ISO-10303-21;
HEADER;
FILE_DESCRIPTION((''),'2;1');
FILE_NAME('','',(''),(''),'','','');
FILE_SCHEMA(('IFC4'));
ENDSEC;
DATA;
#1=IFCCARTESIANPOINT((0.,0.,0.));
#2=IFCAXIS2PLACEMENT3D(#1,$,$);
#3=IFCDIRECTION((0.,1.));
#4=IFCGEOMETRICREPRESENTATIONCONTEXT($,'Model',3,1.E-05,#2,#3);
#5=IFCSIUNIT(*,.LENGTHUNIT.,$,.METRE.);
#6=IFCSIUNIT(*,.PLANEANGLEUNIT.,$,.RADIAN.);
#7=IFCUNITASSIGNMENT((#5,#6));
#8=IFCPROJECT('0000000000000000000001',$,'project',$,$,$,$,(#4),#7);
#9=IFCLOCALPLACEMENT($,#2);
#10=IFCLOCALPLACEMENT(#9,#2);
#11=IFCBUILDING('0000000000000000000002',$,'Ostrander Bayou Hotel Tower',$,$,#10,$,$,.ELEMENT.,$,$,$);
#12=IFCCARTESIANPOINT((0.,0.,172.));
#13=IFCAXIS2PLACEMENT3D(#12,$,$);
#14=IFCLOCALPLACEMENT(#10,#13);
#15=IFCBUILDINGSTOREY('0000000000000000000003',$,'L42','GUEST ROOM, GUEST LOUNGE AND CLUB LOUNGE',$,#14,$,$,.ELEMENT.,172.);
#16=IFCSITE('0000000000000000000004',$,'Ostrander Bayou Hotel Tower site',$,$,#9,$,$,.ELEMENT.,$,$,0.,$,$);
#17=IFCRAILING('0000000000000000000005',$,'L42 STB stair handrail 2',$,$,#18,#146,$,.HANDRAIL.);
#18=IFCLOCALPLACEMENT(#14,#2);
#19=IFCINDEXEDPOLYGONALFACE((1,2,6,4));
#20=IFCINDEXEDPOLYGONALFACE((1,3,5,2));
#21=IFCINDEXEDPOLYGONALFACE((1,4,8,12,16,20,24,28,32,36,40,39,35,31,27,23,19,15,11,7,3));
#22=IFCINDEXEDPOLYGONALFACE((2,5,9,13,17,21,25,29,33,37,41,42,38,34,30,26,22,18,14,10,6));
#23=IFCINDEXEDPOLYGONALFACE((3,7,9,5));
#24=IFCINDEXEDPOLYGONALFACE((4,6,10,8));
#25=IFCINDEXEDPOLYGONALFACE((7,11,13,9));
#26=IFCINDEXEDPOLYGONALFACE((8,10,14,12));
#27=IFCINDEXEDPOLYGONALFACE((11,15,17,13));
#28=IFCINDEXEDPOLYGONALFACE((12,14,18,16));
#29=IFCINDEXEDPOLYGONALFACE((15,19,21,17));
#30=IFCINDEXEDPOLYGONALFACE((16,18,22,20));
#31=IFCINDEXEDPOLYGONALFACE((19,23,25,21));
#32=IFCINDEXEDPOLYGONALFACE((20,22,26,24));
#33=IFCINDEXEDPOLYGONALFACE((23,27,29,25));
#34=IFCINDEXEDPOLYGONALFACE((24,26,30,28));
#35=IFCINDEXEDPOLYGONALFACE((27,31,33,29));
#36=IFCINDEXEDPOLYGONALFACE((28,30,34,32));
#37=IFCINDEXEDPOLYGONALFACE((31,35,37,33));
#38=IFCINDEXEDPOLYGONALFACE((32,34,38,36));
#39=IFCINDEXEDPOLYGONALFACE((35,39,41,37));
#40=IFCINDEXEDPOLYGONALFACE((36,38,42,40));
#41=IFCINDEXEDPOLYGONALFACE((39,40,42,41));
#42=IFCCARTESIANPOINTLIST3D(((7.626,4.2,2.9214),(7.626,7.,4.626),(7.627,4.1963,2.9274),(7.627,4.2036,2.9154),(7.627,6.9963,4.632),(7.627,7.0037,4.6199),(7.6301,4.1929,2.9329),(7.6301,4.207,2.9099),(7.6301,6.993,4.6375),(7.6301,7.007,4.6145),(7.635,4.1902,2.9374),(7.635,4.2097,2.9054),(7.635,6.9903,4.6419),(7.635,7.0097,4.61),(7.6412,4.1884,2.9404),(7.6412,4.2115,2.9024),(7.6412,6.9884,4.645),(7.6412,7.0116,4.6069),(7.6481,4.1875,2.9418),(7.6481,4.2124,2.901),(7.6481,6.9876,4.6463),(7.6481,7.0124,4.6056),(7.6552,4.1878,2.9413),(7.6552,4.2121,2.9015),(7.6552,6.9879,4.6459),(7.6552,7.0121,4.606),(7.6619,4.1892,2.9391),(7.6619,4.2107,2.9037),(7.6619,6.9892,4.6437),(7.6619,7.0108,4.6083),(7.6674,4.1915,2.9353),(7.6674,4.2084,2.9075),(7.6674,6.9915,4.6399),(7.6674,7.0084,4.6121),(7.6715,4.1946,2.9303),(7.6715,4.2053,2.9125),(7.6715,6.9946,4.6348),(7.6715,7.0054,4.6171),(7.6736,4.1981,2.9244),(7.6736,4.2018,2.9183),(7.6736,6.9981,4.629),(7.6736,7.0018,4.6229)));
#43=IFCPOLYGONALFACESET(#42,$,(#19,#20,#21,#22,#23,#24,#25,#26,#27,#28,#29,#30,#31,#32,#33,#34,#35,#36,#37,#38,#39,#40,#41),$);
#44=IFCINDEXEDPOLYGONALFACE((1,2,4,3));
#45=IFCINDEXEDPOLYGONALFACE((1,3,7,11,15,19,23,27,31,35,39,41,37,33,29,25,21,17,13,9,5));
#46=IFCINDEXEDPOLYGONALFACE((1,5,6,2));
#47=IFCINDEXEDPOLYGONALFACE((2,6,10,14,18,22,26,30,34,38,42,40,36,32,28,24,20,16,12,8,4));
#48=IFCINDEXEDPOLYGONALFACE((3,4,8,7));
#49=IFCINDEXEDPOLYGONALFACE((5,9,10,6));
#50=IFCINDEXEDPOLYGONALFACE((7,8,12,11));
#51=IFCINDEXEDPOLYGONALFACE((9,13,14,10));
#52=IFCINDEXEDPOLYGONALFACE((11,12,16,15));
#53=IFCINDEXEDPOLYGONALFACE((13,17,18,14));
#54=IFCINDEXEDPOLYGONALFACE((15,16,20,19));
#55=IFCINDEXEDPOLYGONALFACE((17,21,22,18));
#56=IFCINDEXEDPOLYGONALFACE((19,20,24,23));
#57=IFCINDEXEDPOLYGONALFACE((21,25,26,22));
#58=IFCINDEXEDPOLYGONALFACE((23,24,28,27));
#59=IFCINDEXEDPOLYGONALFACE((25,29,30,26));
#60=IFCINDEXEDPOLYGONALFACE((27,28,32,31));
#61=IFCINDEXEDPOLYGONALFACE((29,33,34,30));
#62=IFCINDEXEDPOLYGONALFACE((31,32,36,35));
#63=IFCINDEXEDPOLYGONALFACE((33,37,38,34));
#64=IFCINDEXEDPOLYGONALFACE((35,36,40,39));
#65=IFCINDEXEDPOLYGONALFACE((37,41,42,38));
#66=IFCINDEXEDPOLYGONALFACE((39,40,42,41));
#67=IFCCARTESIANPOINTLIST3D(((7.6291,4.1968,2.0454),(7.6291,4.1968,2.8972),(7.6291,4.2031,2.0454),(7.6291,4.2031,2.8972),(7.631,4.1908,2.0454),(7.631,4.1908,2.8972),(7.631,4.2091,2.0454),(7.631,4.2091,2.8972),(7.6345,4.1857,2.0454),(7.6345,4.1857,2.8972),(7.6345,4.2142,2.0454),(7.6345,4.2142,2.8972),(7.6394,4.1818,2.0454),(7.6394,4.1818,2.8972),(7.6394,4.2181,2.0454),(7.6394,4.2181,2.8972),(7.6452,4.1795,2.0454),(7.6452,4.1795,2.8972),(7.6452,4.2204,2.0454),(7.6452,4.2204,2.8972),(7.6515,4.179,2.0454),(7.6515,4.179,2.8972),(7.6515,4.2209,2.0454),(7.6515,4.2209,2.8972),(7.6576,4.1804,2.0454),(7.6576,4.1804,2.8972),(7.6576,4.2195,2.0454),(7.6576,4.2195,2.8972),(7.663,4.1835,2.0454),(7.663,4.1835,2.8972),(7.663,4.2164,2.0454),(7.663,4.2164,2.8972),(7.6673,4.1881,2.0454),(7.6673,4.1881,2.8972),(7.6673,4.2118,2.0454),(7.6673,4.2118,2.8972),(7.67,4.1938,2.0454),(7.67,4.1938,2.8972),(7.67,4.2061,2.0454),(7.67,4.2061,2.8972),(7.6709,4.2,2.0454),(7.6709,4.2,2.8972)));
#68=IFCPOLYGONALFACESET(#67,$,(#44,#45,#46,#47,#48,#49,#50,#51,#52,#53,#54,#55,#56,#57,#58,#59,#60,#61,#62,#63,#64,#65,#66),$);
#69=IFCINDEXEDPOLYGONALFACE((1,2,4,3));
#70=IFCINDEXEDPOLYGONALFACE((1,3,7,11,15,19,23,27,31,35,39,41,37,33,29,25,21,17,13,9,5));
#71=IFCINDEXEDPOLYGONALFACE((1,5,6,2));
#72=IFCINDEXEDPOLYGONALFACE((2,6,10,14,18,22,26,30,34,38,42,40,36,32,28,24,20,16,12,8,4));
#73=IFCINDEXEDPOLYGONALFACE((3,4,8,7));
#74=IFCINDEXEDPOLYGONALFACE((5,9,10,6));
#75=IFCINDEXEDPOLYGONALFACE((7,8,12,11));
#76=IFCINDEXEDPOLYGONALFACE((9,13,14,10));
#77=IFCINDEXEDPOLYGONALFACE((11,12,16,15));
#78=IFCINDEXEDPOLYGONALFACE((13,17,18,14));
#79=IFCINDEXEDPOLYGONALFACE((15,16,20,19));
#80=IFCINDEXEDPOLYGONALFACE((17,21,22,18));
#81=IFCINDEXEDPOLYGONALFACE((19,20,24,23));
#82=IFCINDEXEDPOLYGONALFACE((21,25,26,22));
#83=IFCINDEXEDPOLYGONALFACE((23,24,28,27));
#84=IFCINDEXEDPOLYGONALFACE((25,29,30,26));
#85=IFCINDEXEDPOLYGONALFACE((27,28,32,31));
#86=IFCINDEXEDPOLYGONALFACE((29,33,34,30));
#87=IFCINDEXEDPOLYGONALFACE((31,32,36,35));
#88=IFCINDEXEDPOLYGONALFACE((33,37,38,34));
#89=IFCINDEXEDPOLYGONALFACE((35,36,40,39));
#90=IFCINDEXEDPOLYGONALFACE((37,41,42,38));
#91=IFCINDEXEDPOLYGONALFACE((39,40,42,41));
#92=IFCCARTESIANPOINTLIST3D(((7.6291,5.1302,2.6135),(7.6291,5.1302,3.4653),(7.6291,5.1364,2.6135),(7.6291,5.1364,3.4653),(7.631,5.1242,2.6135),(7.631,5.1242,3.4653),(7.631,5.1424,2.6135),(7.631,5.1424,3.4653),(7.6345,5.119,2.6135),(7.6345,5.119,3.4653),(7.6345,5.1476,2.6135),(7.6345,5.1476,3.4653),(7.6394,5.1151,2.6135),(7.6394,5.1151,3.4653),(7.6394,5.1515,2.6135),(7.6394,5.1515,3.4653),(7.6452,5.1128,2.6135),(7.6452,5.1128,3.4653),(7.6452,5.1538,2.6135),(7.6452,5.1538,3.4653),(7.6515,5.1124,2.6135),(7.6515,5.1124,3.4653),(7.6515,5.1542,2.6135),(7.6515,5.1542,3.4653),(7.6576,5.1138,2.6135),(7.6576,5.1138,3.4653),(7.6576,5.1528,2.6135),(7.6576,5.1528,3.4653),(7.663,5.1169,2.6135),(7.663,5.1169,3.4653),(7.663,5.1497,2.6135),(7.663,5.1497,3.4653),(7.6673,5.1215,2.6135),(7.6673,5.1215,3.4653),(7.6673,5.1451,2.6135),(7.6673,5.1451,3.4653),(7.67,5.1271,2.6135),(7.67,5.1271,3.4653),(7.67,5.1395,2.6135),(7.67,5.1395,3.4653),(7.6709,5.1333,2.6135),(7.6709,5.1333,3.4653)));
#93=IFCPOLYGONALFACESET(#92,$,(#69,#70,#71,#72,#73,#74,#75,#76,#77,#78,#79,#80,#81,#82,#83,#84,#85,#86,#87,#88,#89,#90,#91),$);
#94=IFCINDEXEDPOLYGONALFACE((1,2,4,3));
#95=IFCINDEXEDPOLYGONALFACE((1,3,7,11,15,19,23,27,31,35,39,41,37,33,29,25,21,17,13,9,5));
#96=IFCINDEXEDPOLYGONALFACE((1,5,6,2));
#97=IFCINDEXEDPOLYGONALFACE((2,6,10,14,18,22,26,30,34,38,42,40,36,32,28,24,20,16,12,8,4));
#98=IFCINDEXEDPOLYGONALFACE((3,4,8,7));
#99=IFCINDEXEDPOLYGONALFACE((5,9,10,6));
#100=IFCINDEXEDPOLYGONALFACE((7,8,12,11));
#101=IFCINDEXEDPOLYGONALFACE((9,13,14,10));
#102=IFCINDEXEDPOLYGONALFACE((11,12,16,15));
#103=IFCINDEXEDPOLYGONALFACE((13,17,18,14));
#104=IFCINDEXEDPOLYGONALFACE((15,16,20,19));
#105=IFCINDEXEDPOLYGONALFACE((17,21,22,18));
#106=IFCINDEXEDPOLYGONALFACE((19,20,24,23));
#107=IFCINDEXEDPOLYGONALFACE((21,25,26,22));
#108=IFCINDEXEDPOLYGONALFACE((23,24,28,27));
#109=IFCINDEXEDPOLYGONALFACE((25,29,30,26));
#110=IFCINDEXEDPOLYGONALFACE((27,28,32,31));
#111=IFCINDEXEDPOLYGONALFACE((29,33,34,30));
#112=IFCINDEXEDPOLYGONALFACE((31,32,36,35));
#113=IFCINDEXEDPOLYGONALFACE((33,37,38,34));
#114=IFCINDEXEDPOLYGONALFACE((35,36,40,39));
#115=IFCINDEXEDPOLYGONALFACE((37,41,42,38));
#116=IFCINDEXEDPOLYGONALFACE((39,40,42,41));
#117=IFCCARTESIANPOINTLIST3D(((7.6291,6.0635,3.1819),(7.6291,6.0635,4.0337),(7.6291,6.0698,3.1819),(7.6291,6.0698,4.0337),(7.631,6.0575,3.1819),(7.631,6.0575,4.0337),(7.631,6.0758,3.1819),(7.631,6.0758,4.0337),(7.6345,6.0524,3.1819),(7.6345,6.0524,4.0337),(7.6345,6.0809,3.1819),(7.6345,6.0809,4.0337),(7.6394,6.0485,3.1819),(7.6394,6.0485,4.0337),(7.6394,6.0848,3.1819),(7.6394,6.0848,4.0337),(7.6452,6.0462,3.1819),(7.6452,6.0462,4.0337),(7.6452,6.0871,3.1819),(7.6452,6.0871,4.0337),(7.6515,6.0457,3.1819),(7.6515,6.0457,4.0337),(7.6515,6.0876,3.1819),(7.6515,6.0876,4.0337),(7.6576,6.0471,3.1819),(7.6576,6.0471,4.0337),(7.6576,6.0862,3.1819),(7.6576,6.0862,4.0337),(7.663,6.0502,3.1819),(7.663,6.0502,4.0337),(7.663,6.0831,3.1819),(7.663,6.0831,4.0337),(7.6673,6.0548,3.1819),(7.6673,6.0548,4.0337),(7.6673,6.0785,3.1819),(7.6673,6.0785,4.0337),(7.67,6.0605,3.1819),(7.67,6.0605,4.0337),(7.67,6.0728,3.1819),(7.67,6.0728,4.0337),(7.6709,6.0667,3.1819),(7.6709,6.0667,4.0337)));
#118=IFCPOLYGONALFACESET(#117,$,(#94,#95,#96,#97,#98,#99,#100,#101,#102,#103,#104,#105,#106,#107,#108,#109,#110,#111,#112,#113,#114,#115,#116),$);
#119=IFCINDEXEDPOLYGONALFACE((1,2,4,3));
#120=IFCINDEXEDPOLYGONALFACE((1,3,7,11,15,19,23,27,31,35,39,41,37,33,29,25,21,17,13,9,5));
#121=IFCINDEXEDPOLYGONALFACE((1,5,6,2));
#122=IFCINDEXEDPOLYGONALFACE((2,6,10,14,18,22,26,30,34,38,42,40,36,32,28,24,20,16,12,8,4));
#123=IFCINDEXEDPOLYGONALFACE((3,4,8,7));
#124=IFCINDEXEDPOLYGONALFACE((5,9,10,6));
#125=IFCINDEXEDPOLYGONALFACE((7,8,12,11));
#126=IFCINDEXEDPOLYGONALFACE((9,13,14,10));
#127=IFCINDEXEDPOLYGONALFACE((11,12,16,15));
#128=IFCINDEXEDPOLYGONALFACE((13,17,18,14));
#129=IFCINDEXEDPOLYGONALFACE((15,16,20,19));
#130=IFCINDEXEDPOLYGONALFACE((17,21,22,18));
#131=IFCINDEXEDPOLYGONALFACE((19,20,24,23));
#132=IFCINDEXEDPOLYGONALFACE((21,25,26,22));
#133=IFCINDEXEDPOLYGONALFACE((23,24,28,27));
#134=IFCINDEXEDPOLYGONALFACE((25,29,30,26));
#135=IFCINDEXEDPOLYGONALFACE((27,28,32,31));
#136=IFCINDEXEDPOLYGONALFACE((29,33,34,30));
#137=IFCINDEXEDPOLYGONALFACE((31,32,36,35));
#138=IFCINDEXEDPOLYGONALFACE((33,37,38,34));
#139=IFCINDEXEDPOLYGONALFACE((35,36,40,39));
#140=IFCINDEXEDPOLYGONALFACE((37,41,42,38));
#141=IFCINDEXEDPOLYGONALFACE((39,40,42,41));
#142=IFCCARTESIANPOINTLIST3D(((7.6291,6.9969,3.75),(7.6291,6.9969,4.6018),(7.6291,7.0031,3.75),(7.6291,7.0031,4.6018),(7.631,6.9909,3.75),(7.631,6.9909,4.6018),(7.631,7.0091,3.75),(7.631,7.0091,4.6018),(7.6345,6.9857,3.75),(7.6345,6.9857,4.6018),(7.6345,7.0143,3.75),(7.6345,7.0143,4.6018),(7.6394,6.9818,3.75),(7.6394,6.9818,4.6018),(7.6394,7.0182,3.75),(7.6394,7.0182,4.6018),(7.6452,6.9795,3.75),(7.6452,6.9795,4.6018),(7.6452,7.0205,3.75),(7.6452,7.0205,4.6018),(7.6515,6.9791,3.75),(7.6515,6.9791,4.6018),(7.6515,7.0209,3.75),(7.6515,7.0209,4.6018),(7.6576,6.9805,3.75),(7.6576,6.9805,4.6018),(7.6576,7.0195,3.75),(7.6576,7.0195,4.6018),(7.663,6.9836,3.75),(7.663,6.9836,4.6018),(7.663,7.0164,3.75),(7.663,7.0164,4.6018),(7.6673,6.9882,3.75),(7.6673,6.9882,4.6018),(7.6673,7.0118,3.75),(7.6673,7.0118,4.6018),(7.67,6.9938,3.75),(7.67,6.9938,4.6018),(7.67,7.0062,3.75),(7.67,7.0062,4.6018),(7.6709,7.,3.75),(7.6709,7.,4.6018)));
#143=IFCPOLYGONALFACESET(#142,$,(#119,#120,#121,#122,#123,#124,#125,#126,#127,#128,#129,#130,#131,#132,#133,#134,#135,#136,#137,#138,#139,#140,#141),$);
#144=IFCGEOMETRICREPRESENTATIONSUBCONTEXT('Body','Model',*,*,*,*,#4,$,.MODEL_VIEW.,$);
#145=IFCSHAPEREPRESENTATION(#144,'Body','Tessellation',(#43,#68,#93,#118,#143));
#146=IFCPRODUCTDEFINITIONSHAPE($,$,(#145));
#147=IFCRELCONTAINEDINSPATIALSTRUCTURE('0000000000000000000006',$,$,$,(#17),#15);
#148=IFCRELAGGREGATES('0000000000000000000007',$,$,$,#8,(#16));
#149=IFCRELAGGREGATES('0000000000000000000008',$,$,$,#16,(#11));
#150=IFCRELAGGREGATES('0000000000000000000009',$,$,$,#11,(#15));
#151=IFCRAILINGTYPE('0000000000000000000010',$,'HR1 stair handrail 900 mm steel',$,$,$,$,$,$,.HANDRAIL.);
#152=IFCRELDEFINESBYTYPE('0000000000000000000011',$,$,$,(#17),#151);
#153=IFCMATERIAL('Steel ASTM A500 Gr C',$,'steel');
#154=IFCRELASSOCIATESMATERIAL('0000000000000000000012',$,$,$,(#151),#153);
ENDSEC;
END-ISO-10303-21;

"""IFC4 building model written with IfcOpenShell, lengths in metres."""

from ifc_helpers import new_model, si_unit, direction, frame, origin, origin_2d, place, context, subcontext, project, spatial, circle, extrude, material, type_object, element, save


model = new_model("IFC4")

# Units and contexts
model_context = context("Model", 3, precision=1e-05, world=origin(), true_north=direction((0.0, 1.0)))
body_context = subcontext(model_context, "Body", "Model", "MODEL_VIEW")
ifc_project = project(units=[si_unit("LENGTHUNIT", "METRE"), si_unit("PLANEANGLEUNIT", "RADIAN")], contexts=[model_context])

# Site, building, storey
site_placement = place(None, origin())
site = spatial("IfcSite", under=ifc_project, at=site_placement, Name="Ostrander Bayou Hotel Tower site", CompositionType="ELEMENT", RefElevation=0.0)
building_placement = place(site_placement, origin())
building = spatial("IfcBuilding", under=site, at=building_placement, Name="Ostrander Bayou Hotel Tower", CompositionType="ELEMENT")
storey_placement = place(building_placement, frame((0.0, 0.0, 172.0)))
storey = spatial("IfcBuildingStorey", under=building, at=storey_placement, Name="L42", Description="GUEST ROOM, GUEST LOUNGE AND CLUB LOUNGE", CompositionType="ELEMENT", Elevation=172.0)

# Railing
ifc_material_1 = material(Name="Steel ASTM A500 Gr C", Category="steel")
railing_type_1 = type_object("IfcRailingType", Name="HR1 stair handrail 900 mm steel", PredefinedType="HANDRAIL", material=ifc_material_1)
railing_1_placement = place(storey_placement, frame((7.6499, 4.2, 2.0454)))
element("IfcRailing", 1, at=railing_1_placement, inside=storey, type_object=railing_type_1, Name="L42 STB stair handrail 2", PredefinedType="HANDRAIL", context=body_context, shape_type="SweptSolid", body=[
    extrude(circle(Radius=0.0239, at=origin_2d()), frame((0.0, 0.0, 0.876), z_axis=(0.0, 0.85417, 0.519994), x_axis=(-1.0, 0.0, 0.0)), (0.0, 0.0, 1.0), 3.2781),
    extrude(circle(Radius=0.021, at=origin_2d()), origin(), (0.0, 0.0, 1.0), 0.8518),
    extrude(circle(Radius=0.021, at=origin_2d()), frame((0.0, 0.9333, 0.5681)), (0.0, 0.0, 1.0), 0.8518),
    extrude(circle(Radius=0.021, at=origin_2d()), frame((0.0, 1.8667, 1.1365)), (0.0, 0.0, 1.0), 0.8518),
    extrude(circle(Radius=0.021, at=origin_2d()), frame((0.0, 2.8, 1.7046)), (0.0, 0.0, 1.0), 0.8518),
])

save(model, "model.ifc")
